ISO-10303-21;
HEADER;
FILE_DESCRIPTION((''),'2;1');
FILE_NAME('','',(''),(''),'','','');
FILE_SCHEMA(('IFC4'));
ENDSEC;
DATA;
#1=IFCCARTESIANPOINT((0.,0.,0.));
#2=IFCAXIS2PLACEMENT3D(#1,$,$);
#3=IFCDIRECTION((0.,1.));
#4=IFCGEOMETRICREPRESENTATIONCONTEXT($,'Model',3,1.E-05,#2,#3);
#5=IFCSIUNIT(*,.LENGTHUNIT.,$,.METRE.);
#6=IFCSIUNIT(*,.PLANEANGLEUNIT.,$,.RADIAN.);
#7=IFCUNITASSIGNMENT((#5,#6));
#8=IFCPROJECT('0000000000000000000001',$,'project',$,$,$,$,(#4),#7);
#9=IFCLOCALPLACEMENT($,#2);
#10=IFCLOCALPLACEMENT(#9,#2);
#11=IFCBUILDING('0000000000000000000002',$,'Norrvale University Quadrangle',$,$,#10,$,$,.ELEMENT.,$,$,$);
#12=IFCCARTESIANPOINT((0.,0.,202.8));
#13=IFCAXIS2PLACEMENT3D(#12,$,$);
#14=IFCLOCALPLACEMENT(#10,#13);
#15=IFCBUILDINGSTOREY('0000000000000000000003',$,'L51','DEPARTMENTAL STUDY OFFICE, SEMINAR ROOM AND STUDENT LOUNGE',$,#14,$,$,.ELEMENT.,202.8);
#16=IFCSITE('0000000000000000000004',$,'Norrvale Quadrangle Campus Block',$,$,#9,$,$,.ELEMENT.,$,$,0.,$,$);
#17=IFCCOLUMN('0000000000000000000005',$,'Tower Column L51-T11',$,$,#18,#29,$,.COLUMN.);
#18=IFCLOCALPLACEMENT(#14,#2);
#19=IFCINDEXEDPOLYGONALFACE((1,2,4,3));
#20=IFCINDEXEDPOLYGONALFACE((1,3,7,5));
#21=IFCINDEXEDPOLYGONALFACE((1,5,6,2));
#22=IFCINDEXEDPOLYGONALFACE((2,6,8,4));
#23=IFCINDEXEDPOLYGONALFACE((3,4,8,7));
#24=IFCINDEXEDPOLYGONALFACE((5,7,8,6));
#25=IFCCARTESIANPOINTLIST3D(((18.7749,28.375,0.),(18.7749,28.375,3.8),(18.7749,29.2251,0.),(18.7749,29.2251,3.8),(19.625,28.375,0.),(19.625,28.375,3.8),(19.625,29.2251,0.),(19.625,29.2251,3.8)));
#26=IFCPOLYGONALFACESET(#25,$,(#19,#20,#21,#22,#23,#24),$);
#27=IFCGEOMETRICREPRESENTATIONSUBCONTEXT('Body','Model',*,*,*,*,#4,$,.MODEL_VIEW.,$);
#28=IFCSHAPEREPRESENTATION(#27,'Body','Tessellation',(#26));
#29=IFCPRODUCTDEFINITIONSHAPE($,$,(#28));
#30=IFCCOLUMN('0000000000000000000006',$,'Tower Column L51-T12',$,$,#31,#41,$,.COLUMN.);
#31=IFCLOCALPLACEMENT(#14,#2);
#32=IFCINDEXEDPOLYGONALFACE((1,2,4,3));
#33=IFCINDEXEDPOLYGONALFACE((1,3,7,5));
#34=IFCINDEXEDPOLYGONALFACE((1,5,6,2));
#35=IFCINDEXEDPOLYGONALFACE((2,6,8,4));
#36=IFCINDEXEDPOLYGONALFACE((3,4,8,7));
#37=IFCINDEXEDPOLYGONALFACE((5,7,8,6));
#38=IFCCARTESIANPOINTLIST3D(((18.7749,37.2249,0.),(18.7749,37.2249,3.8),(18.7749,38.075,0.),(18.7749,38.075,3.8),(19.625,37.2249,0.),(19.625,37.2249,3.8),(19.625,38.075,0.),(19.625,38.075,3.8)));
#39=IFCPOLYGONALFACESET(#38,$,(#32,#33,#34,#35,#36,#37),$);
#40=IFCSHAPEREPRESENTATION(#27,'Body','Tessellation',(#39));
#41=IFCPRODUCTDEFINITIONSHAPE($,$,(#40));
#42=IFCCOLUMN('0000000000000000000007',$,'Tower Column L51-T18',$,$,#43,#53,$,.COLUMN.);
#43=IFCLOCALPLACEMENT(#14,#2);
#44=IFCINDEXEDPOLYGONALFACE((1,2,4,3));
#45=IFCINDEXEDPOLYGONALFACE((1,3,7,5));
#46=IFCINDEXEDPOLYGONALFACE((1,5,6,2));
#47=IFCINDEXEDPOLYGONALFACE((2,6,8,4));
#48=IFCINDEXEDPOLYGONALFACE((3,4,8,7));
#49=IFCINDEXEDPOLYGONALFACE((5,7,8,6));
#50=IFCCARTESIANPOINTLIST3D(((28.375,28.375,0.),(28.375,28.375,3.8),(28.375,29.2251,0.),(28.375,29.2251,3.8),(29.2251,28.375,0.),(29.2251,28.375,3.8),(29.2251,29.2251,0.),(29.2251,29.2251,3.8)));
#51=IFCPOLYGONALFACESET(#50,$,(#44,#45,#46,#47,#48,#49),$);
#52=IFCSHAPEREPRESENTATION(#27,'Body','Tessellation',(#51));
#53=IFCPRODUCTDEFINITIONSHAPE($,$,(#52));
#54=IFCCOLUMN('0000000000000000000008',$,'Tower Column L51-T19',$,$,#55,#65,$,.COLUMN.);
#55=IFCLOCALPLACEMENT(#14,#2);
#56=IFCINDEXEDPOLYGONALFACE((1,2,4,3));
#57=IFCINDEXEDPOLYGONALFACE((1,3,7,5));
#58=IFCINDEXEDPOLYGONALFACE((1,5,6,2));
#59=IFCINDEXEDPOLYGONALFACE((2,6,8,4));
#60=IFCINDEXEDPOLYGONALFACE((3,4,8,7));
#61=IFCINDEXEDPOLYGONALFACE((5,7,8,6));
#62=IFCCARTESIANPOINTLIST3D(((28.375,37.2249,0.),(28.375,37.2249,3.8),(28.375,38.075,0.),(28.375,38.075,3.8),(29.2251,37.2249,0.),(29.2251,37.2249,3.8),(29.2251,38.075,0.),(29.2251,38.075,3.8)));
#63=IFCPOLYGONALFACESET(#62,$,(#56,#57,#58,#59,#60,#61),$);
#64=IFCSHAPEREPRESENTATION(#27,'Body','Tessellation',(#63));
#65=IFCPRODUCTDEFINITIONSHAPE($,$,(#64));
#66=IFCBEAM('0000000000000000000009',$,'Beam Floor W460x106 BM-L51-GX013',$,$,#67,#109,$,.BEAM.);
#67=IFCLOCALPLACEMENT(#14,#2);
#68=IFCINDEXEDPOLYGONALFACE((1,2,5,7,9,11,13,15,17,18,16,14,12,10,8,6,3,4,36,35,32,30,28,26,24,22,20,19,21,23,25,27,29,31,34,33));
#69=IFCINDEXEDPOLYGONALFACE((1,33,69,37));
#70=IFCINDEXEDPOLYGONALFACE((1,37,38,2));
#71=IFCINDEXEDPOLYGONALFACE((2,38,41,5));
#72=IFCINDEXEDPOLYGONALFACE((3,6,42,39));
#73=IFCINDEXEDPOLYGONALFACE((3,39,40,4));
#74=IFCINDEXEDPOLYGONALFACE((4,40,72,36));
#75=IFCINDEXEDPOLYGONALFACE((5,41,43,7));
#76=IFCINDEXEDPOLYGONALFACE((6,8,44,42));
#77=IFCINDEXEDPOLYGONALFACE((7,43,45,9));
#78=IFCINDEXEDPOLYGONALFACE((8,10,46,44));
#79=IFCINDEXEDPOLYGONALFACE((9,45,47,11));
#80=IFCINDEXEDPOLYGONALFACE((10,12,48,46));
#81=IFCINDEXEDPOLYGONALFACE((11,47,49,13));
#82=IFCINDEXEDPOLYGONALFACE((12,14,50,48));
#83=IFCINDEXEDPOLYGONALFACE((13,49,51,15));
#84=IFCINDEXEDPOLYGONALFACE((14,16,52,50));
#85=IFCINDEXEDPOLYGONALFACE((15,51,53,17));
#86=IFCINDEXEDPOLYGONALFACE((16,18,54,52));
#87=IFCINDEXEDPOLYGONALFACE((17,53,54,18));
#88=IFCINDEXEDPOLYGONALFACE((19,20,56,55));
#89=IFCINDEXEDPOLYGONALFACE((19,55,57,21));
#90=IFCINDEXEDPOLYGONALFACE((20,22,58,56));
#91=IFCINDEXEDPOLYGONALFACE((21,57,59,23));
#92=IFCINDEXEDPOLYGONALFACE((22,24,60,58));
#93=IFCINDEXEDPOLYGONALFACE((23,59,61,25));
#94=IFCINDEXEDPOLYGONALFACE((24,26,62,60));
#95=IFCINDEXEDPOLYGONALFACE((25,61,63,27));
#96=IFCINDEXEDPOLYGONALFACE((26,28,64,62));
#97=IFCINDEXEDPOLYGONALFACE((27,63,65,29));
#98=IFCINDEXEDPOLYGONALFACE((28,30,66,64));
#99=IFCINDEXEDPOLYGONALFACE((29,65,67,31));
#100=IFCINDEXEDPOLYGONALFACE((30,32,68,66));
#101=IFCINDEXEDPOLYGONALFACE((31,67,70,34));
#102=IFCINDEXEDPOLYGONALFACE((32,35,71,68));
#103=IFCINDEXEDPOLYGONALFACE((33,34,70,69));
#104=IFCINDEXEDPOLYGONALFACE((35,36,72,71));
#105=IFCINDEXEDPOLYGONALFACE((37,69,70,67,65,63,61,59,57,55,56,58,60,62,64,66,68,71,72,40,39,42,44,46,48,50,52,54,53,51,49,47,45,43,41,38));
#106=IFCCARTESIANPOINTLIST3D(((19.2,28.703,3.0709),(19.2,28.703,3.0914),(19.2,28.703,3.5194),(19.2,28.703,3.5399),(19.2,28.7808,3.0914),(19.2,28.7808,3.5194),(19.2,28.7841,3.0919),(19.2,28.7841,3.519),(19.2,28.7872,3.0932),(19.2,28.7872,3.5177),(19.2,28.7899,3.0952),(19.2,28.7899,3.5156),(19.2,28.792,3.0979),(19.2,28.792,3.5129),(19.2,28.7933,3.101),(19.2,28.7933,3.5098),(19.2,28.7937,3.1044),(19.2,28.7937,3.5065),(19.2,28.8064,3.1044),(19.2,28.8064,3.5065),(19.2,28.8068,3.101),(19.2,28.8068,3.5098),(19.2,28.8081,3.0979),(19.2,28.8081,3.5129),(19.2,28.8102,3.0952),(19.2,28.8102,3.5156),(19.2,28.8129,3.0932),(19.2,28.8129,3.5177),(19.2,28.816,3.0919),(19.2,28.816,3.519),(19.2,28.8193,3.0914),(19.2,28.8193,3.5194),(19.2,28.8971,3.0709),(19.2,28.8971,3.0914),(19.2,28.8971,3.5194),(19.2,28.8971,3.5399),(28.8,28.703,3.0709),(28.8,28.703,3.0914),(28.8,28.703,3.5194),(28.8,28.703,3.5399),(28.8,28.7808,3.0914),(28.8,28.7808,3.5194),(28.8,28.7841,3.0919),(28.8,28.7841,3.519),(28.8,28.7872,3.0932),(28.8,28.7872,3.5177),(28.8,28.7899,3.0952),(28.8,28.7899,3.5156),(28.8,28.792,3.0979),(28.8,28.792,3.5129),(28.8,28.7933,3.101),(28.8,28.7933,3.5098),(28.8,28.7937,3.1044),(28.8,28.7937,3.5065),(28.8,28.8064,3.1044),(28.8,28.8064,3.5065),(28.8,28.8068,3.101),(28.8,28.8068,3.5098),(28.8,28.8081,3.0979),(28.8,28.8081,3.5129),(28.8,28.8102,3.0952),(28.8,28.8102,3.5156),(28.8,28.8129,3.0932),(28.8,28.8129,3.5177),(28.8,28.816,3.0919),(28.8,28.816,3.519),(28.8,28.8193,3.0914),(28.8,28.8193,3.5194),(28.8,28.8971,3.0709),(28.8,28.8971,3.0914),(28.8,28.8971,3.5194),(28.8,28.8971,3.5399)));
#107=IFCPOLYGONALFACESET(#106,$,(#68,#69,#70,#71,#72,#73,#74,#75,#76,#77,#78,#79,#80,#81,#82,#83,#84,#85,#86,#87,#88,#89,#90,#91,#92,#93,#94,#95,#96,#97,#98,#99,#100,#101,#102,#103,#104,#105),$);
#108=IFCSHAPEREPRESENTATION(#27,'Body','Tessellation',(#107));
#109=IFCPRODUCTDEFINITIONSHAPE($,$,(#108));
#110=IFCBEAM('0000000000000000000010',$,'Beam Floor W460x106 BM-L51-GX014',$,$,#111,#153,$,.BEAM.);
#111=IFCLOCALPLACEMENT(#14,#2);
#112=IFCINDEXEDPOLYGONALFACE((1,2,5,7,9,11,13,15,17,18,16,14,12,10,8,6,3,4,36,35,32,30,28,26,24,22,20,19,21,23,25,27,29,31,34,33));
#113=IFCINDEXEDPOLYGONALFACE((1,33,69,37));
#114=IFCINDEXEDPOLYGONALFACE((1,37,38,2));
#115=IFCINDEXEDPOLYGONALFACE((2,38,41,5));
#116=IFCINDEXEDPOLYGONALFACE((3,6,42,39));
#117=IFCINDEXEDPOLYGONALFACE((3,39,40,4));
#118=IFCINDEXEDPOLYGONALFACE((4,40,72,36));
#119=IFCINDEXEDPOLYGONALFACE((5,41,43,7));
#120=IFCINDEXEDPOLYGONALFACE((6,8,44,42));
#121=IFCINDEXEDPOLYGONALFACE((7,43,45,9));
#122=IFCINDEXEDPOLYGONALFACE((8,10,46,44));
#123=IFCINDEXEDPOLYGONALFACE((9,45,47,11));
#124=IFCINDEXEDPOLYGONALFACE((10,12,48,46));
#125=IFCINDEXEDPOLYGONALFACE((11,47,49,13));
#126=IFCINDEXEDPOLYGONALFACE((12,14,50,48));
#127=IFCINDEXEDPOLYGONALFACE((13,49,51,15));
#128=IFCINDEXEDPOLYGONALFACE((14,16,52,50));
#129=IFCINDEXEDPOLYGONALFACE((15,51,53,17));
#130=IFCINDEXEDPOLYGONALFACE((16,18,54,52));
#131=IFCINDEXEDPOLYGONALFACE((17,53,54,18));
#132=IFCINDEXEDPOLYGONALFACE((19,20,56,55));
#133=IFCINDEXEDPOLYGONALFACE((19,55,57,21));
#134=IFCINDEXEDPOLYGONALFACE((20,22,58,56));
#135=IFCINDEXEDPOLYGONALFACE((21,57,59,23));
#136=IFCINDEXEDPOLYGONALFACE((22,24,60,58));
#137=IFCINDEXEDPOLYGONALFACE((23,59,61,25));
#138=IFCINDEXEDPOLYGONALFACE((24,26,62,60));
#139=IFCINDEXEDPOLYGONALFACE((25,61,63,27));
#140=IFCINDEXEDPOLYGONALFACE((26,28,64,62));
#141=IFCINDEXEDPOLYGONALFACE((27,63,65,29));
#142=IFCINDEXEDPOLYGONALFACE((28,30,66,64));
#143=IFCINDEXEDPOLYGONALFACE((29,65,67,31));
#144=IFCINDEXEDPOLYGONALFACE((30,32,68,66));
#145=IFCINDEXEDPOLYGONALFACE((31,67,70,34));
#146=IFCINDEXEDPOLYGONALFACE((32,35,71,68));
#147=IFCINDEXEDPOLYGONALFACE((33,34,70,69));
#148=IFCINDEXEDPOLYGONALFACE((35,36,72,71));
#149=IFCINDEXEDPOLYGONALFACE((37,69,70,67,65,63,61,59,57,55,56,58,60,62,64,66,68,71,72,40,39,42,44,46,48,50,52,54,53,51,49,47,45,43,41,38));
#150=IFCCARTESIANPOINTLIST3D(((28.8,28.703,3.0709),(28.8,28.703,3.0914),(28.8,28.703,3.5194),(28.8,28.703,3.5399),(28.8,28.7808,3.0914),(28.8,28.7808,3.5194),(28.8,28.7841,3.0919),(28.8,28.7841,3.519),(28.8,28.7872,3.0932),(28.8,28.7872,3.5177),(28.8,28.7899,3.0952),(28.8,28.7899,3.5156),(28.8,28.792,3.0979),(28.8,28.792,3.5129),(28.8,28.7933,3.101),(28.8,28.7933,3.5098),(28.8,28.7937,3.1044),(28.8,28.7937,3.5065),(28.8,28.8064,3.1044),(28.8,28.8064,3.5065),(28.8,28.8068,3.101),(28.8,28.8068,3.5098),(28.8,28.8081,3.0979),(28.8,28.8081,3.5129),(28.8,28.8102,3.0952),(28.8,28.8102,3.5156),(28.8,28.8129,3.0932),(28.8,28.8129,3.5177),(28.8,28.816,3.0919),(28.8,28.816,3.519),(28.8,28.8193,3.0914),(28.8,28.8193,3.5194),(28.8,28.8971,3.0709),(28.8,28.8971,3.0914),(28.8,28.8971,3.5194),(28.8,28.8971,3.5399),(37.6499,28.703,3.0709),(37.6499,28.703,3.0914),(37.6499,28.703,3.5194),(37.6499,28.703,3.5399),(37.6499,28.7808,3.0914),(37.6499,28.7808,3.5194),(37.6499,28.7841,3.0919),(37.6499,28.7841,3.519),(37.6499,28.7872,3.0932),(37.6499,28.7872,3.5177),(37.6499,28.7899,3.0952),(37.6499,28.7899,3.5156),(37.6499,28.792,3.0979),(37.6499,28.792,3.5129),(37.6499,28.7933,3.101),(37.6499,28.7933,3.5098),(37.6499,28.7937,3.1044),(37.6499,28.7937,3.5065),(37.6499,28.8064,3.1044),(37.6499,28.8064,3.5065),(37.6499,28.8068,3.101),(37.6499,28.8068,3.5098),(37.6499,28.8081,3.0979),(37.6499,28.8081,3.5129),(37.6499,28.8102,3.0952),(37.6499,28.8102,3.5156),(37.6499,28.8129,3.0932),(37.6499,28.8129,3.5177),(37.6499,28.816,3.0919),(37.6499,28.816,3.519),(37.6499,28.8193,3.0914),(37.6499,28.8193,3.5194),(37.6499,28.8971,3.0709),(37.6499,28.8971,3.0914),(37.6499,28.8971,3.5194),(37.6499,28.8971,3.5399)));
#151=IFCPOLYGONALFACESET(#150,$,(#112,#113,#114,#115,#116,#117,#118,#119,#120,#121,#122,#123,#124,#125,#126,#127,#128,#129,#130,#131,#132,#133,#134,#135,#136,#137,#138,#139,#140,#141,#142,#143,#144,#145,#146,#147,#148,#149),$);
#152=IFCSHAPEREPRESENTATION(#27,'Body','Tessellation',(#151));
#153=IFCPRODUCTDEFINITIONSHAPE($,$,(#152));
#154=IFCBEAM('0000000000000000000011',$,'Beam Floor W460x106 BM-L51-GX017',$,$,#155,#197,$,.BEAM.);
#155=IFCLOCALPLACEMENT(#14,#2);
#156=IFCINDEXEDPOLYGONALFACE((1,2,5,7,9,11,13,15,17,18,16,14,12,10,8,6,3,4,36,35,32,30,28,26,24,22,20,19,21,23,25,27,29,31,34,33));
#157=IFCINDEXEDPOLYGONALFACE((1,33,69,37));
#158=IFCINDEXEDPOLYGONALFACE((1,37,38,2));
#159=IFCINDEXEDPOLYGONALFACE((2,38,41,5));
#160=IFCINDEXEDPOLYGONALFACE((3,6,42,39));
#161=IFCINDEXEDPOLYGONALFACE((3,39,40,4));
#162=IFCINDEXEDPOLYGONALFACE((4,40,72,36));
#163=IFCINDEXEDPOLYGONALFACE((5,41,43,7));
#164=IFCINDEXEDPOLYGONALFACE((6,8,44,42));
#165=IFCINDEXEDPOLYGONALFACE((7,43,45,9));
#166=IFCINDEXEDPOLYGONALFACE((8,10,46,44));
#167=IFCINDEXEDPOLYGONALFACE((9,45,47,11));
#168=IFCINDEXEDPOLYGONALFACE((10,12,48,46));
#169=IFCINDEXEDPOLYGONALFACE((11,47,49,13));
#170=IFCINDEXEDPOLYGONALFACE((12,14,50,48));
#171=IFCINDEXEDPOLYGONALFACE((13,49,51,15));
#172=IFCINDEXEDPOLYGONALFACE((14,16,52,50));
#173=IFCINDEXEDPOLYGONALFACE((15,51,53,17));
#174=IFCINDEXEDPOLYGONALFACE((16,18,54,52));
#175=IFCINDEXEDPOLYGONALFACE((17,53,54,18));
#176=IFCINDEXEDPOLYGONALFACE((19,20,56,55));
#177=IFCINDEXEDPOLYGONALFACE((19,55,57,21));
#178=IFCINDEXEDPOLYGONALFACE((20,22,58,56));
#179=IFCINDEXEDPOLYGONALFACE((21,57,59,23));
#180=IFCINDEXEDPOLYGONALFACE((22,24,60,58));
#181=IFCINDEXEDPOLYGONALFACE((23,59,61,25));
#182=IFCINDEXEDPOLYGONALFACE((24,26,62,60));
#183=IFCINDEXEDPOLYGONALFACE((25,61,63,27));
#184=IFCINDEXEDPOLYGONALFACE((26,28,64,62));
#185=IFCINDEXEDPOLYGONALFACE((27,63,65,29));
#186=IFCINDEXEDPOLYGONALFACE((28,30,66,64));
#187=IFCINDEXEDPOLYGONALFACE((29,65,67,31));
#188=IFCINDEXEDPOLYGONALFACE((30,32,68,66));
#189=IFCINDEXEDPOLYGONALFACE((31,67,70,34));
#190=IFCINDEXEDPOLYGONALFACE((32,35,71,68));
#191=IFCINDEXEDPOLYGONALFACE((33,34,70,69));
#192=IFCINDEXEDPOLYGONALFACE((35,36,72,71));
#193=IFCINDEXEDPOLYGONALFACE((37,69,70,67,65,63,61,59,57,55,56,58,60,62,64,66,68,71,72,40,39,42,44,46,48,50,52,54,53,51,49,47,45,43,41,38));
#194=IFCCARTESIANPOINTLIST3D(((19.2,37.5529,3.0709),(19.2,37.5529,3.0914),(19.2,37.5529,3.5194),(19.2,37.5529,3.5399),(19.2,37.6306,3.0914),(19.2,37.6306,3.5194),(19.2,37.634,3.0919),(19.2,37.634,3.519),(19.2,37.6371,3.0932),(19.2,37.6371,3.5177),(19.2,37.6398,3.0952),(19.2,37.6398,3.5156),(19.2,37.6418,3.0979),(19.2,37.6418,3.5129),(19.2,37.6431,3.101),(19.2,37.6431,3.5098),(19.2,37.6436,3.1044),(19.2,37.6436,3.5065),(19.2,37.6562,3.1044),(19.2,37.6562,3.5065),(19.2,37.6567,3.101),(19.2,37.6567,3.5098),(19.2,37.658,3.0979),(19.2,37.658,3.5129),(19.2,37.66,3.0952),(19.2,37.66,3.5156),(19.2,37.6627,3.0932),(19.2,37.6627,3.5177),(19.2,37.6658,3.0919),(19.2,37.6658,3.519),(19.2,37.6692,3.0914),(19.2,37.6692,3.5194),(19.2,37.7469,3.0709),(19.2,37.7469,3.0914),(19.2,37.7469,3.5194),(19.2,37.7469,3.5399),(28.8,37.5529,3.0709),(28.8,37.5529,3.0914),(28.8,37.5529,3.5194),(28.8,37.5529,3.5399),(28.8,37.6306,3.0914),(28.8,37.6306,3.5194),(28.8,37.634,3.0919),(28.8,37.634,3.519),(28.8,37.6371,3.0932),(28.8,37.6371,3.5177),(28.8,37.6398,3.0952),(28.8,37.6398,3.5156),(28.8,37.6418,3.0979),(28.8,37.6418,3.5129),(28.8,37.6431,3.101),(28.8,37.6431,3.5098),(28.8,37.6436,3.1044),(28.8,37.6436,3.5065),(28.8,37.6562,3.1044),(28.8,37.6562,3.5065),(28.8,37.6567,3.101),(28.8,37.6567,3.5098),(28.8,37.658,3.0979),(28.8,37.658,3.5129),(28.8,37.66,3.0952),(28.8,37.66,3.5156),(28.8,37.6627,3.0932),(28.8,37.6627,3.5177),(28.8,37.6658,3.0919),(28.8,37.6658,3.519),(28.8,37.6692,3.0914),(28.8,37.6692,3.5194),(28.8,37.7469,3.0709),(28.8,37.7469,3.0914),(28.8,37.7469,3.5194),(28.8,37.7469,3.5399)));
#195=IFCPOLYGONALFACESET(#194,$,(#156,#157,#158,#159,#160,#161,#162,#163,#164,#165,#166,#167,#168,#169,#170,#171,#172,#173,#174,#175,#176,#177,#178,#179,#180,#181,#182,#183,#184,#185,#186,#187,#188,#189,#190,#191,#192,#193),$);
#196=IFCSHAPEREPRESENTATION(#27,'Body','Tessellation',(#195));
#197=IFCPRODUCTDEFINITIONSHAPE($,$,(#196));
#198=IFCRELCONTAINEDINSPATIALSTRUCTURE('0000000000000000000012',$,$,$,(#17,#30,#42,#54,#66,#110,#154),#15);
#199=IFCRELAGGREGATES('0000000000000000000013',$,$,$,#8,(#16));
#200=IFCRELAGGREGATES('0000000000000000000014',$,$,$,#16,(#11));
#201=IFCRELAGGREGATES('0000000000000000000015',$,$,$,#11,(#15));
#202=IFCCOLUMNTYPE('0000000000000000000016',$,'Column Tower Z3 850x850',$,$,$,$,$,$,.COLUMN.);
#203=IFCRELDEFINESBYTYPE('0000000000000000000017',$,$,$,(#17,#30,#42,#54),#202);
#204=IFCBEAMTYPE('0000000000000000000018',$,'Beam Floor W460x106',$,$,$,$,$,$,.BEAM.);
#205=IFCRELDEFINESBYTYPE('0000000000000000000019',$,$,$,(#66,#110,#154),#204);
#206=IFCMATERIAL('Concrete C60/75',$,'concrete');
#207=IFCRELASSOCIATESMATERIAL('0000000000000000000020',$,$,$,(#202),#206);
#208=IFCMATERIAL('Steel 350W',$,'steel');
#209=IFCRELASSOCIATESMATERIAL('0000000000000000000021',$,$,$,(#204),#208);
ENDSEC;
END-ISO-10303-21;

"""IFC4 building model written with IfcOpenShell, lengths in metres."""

from ifc_helpers import new_model, si_unit, direction, frame, origin, origin_2d, place, context, subcontext, project, spatial, rectangle, i_section, extrude, material, material_profile, profile_set, type_object, element, save


model = new_model("IFC4")

# Units and contexts
model_context = context("Model", 3, precision=1e-05, world=origin(), true_north=direction((0.0, 1.0)))
body_context = subcontext(model_context, "Body", "Model", "MODEL_VIEW")
ifc_project = project(units=[si_unit("LENGTHUNIT", "METRE"), si_unit("PLANEANGLEUNIT", "RADIAN")], contexts=[model_context])

# Site, building, storey
site_placement = place(None, origin())
site = spatial("IfcSite", under=ifc_project, at=site_placement, Name="Norrvale Quadrangle Campus Block", CompositionType="ELEMENT", RefElevation=0.0)
building_placement = place(site_placement, origin())
building = spatial("IfcBuilding", under=site, at=building_placement, Name="Norrvale University Quadrangle", CompositionType="ELEMENT")
storey_placement = place(building_placement, frame((0.0, 0.0, 202.8)))
storey = spatial("IfcBuildingStorey", under=building, at=storey_placement, Name="L51", Description="DEPARTMENTAL STUDY OFFICE, SEMINAR ROOM AND STUDENT LOUNGE", CompositionType="ELEMENT", Elevation=202.8)

# Columns
ifc_material_1 = material(Name="Concrete C60/75", Category="concrete")
ifc_material_profile_1 = material_profile(ifc_material_1, rectangle(XDim=0.8501, YDim=0.8501, at=origin_2d()), Name="Concrete C60/75")
ifc_profile_set_1 = profile_set([ifc_material_profile_1], Name="Concrete C60/75")
column_type = type_object("IfcColumnType", Name="Column Tower Z3 850x850", PredefinedType="COLUMN", material=ifc_profile_set_1)
for number, where, z_axis, x_axis, name in (
    (1, (19.2, 28.8, 0.0), (0.0, 0.0, 1.0), (1.0, 0.0, 0.0), "Tower Column L51-T11"),
    (2, (19.2, 37.6499, 0.0), (0.0, 0.0, 1.0), (1.0, 0.0, 0.0), "Tower Column L51-T12"),
    (3, (28.8, 28.8, 0.0), (0.0, 0.0, 1.0), (1.0, 0.0, 0.0), "Tower Column L51-T18"),
    (4, (28.8, 37.6499, 0.0), (0.0, 0.0, 1.0), (1.0, 0.0, 0.0), "Tower Column L51-T19"),
):
    element("IfcColumn", number, at=place(storey_placement, frame(where, z_axis=z_axis, x_axis=x_axis)), inside=storey, type_object=column_type, Name=name, PredefinedType="COLUMN", context=body_context, shape_type="SweptSolid", body=[
        extrude(rectangle(XDim=0.8501, YDim=0.8501, at=origin_2d()), origin(), (0.0, 0.0, 1.0), 3.8),
    ])

# Beams
ifc_material_2 = material(Name="Steel 350W", Category="steel")
ifc_material_profile_2 = material_profile(ifc_material_2, i_section(OverallWidth=0.1941, OverallDepth=0.469, WebThickness=0.0127, FlangeThickness=0.0205, FilletRadius=0.0129, at=origin_2d()), Name="Steel 350W")
ifc_profile_set_2 = profile_set([ifc_material_profile_2], Name="Steel 350W")
beam_type_1 = type_object("IfcBeamType", Name="Beam Floor W460x106", PredefinedType="BEAM", material=ifc_profile_set_2)
beam_1_placement = place(storey_placement, frame((19.2, 28.8, 3.3054), z_axis=(1.0, 0.0, 0.0), x_axis=(0.0, 1.0, 0.0)))
element("IfcBeam", 5, at=beam_1_placement, inside=storey, type_object=beam_type_1, Name="Beam Floor W460x106 BM-L51-GX013", PredefinedType="BEAM", context=body_context, shape_type="SweptSolid", body=[
    extrude(i_section(OverallWidth=0.1941, OverallDepth=0.469, WebThickness=0.0127, FlangeThickness=0.0205, FilletRadius=0.0129, at=origin_2d()), origin(), (0.0, 0.0, 1.0), 9.6001),
])
beam_2_placement = place(storey_placement, frame((28.8, 28.8, 3.3054), z_axis=(1.0, 0.0, 0.0), x_axis=(0.0, 1.0, 0.0)))
element("IfcBeam", 6, at=beam_2_placement, inside=storey, type_object=beam_type_1, Name="Beam Floor W460x106 BM-L51-GX014", PredefinedType="BEAM", context=body_context, shape_type="SweptSolid", body=[
    extrude(i_section(OverallWidth=0.1941, OverallDepth=0.469, WebThickness=0.0127, FlangeThickness=0.0205, FilletRadius=0.0129, at=origin_2d()), origin(), (0.0, 0.0, 1.0), 8.8499),
])
beam_3_placement = place(storey_placement, frame((19.2, 37.6499, 3.3054), z_axis=(1.0, 0.0, 0.0), x_axis=(0.0, 1.0, 0.0)))
element("IfcBeam", 7, at=beam_3_placement, inside=storey, type_object=beam_type_1, Name="Beam Floor W460x106 BM-L51-GX017", PredefinedType="BEAM", context=body_context, shape_type="SweptSolid", body=[
    extrude(i_section(OverallWidth=0.1941, OverallDepth=0.469, WebThickness=0.0127, FlangeThickness=0.0205, FilletRadius=0.0129, at=origin_2d()), origin(), (0.0, 0.0, 1.0), 9.6001),
])

save(model, "model.ifc")
